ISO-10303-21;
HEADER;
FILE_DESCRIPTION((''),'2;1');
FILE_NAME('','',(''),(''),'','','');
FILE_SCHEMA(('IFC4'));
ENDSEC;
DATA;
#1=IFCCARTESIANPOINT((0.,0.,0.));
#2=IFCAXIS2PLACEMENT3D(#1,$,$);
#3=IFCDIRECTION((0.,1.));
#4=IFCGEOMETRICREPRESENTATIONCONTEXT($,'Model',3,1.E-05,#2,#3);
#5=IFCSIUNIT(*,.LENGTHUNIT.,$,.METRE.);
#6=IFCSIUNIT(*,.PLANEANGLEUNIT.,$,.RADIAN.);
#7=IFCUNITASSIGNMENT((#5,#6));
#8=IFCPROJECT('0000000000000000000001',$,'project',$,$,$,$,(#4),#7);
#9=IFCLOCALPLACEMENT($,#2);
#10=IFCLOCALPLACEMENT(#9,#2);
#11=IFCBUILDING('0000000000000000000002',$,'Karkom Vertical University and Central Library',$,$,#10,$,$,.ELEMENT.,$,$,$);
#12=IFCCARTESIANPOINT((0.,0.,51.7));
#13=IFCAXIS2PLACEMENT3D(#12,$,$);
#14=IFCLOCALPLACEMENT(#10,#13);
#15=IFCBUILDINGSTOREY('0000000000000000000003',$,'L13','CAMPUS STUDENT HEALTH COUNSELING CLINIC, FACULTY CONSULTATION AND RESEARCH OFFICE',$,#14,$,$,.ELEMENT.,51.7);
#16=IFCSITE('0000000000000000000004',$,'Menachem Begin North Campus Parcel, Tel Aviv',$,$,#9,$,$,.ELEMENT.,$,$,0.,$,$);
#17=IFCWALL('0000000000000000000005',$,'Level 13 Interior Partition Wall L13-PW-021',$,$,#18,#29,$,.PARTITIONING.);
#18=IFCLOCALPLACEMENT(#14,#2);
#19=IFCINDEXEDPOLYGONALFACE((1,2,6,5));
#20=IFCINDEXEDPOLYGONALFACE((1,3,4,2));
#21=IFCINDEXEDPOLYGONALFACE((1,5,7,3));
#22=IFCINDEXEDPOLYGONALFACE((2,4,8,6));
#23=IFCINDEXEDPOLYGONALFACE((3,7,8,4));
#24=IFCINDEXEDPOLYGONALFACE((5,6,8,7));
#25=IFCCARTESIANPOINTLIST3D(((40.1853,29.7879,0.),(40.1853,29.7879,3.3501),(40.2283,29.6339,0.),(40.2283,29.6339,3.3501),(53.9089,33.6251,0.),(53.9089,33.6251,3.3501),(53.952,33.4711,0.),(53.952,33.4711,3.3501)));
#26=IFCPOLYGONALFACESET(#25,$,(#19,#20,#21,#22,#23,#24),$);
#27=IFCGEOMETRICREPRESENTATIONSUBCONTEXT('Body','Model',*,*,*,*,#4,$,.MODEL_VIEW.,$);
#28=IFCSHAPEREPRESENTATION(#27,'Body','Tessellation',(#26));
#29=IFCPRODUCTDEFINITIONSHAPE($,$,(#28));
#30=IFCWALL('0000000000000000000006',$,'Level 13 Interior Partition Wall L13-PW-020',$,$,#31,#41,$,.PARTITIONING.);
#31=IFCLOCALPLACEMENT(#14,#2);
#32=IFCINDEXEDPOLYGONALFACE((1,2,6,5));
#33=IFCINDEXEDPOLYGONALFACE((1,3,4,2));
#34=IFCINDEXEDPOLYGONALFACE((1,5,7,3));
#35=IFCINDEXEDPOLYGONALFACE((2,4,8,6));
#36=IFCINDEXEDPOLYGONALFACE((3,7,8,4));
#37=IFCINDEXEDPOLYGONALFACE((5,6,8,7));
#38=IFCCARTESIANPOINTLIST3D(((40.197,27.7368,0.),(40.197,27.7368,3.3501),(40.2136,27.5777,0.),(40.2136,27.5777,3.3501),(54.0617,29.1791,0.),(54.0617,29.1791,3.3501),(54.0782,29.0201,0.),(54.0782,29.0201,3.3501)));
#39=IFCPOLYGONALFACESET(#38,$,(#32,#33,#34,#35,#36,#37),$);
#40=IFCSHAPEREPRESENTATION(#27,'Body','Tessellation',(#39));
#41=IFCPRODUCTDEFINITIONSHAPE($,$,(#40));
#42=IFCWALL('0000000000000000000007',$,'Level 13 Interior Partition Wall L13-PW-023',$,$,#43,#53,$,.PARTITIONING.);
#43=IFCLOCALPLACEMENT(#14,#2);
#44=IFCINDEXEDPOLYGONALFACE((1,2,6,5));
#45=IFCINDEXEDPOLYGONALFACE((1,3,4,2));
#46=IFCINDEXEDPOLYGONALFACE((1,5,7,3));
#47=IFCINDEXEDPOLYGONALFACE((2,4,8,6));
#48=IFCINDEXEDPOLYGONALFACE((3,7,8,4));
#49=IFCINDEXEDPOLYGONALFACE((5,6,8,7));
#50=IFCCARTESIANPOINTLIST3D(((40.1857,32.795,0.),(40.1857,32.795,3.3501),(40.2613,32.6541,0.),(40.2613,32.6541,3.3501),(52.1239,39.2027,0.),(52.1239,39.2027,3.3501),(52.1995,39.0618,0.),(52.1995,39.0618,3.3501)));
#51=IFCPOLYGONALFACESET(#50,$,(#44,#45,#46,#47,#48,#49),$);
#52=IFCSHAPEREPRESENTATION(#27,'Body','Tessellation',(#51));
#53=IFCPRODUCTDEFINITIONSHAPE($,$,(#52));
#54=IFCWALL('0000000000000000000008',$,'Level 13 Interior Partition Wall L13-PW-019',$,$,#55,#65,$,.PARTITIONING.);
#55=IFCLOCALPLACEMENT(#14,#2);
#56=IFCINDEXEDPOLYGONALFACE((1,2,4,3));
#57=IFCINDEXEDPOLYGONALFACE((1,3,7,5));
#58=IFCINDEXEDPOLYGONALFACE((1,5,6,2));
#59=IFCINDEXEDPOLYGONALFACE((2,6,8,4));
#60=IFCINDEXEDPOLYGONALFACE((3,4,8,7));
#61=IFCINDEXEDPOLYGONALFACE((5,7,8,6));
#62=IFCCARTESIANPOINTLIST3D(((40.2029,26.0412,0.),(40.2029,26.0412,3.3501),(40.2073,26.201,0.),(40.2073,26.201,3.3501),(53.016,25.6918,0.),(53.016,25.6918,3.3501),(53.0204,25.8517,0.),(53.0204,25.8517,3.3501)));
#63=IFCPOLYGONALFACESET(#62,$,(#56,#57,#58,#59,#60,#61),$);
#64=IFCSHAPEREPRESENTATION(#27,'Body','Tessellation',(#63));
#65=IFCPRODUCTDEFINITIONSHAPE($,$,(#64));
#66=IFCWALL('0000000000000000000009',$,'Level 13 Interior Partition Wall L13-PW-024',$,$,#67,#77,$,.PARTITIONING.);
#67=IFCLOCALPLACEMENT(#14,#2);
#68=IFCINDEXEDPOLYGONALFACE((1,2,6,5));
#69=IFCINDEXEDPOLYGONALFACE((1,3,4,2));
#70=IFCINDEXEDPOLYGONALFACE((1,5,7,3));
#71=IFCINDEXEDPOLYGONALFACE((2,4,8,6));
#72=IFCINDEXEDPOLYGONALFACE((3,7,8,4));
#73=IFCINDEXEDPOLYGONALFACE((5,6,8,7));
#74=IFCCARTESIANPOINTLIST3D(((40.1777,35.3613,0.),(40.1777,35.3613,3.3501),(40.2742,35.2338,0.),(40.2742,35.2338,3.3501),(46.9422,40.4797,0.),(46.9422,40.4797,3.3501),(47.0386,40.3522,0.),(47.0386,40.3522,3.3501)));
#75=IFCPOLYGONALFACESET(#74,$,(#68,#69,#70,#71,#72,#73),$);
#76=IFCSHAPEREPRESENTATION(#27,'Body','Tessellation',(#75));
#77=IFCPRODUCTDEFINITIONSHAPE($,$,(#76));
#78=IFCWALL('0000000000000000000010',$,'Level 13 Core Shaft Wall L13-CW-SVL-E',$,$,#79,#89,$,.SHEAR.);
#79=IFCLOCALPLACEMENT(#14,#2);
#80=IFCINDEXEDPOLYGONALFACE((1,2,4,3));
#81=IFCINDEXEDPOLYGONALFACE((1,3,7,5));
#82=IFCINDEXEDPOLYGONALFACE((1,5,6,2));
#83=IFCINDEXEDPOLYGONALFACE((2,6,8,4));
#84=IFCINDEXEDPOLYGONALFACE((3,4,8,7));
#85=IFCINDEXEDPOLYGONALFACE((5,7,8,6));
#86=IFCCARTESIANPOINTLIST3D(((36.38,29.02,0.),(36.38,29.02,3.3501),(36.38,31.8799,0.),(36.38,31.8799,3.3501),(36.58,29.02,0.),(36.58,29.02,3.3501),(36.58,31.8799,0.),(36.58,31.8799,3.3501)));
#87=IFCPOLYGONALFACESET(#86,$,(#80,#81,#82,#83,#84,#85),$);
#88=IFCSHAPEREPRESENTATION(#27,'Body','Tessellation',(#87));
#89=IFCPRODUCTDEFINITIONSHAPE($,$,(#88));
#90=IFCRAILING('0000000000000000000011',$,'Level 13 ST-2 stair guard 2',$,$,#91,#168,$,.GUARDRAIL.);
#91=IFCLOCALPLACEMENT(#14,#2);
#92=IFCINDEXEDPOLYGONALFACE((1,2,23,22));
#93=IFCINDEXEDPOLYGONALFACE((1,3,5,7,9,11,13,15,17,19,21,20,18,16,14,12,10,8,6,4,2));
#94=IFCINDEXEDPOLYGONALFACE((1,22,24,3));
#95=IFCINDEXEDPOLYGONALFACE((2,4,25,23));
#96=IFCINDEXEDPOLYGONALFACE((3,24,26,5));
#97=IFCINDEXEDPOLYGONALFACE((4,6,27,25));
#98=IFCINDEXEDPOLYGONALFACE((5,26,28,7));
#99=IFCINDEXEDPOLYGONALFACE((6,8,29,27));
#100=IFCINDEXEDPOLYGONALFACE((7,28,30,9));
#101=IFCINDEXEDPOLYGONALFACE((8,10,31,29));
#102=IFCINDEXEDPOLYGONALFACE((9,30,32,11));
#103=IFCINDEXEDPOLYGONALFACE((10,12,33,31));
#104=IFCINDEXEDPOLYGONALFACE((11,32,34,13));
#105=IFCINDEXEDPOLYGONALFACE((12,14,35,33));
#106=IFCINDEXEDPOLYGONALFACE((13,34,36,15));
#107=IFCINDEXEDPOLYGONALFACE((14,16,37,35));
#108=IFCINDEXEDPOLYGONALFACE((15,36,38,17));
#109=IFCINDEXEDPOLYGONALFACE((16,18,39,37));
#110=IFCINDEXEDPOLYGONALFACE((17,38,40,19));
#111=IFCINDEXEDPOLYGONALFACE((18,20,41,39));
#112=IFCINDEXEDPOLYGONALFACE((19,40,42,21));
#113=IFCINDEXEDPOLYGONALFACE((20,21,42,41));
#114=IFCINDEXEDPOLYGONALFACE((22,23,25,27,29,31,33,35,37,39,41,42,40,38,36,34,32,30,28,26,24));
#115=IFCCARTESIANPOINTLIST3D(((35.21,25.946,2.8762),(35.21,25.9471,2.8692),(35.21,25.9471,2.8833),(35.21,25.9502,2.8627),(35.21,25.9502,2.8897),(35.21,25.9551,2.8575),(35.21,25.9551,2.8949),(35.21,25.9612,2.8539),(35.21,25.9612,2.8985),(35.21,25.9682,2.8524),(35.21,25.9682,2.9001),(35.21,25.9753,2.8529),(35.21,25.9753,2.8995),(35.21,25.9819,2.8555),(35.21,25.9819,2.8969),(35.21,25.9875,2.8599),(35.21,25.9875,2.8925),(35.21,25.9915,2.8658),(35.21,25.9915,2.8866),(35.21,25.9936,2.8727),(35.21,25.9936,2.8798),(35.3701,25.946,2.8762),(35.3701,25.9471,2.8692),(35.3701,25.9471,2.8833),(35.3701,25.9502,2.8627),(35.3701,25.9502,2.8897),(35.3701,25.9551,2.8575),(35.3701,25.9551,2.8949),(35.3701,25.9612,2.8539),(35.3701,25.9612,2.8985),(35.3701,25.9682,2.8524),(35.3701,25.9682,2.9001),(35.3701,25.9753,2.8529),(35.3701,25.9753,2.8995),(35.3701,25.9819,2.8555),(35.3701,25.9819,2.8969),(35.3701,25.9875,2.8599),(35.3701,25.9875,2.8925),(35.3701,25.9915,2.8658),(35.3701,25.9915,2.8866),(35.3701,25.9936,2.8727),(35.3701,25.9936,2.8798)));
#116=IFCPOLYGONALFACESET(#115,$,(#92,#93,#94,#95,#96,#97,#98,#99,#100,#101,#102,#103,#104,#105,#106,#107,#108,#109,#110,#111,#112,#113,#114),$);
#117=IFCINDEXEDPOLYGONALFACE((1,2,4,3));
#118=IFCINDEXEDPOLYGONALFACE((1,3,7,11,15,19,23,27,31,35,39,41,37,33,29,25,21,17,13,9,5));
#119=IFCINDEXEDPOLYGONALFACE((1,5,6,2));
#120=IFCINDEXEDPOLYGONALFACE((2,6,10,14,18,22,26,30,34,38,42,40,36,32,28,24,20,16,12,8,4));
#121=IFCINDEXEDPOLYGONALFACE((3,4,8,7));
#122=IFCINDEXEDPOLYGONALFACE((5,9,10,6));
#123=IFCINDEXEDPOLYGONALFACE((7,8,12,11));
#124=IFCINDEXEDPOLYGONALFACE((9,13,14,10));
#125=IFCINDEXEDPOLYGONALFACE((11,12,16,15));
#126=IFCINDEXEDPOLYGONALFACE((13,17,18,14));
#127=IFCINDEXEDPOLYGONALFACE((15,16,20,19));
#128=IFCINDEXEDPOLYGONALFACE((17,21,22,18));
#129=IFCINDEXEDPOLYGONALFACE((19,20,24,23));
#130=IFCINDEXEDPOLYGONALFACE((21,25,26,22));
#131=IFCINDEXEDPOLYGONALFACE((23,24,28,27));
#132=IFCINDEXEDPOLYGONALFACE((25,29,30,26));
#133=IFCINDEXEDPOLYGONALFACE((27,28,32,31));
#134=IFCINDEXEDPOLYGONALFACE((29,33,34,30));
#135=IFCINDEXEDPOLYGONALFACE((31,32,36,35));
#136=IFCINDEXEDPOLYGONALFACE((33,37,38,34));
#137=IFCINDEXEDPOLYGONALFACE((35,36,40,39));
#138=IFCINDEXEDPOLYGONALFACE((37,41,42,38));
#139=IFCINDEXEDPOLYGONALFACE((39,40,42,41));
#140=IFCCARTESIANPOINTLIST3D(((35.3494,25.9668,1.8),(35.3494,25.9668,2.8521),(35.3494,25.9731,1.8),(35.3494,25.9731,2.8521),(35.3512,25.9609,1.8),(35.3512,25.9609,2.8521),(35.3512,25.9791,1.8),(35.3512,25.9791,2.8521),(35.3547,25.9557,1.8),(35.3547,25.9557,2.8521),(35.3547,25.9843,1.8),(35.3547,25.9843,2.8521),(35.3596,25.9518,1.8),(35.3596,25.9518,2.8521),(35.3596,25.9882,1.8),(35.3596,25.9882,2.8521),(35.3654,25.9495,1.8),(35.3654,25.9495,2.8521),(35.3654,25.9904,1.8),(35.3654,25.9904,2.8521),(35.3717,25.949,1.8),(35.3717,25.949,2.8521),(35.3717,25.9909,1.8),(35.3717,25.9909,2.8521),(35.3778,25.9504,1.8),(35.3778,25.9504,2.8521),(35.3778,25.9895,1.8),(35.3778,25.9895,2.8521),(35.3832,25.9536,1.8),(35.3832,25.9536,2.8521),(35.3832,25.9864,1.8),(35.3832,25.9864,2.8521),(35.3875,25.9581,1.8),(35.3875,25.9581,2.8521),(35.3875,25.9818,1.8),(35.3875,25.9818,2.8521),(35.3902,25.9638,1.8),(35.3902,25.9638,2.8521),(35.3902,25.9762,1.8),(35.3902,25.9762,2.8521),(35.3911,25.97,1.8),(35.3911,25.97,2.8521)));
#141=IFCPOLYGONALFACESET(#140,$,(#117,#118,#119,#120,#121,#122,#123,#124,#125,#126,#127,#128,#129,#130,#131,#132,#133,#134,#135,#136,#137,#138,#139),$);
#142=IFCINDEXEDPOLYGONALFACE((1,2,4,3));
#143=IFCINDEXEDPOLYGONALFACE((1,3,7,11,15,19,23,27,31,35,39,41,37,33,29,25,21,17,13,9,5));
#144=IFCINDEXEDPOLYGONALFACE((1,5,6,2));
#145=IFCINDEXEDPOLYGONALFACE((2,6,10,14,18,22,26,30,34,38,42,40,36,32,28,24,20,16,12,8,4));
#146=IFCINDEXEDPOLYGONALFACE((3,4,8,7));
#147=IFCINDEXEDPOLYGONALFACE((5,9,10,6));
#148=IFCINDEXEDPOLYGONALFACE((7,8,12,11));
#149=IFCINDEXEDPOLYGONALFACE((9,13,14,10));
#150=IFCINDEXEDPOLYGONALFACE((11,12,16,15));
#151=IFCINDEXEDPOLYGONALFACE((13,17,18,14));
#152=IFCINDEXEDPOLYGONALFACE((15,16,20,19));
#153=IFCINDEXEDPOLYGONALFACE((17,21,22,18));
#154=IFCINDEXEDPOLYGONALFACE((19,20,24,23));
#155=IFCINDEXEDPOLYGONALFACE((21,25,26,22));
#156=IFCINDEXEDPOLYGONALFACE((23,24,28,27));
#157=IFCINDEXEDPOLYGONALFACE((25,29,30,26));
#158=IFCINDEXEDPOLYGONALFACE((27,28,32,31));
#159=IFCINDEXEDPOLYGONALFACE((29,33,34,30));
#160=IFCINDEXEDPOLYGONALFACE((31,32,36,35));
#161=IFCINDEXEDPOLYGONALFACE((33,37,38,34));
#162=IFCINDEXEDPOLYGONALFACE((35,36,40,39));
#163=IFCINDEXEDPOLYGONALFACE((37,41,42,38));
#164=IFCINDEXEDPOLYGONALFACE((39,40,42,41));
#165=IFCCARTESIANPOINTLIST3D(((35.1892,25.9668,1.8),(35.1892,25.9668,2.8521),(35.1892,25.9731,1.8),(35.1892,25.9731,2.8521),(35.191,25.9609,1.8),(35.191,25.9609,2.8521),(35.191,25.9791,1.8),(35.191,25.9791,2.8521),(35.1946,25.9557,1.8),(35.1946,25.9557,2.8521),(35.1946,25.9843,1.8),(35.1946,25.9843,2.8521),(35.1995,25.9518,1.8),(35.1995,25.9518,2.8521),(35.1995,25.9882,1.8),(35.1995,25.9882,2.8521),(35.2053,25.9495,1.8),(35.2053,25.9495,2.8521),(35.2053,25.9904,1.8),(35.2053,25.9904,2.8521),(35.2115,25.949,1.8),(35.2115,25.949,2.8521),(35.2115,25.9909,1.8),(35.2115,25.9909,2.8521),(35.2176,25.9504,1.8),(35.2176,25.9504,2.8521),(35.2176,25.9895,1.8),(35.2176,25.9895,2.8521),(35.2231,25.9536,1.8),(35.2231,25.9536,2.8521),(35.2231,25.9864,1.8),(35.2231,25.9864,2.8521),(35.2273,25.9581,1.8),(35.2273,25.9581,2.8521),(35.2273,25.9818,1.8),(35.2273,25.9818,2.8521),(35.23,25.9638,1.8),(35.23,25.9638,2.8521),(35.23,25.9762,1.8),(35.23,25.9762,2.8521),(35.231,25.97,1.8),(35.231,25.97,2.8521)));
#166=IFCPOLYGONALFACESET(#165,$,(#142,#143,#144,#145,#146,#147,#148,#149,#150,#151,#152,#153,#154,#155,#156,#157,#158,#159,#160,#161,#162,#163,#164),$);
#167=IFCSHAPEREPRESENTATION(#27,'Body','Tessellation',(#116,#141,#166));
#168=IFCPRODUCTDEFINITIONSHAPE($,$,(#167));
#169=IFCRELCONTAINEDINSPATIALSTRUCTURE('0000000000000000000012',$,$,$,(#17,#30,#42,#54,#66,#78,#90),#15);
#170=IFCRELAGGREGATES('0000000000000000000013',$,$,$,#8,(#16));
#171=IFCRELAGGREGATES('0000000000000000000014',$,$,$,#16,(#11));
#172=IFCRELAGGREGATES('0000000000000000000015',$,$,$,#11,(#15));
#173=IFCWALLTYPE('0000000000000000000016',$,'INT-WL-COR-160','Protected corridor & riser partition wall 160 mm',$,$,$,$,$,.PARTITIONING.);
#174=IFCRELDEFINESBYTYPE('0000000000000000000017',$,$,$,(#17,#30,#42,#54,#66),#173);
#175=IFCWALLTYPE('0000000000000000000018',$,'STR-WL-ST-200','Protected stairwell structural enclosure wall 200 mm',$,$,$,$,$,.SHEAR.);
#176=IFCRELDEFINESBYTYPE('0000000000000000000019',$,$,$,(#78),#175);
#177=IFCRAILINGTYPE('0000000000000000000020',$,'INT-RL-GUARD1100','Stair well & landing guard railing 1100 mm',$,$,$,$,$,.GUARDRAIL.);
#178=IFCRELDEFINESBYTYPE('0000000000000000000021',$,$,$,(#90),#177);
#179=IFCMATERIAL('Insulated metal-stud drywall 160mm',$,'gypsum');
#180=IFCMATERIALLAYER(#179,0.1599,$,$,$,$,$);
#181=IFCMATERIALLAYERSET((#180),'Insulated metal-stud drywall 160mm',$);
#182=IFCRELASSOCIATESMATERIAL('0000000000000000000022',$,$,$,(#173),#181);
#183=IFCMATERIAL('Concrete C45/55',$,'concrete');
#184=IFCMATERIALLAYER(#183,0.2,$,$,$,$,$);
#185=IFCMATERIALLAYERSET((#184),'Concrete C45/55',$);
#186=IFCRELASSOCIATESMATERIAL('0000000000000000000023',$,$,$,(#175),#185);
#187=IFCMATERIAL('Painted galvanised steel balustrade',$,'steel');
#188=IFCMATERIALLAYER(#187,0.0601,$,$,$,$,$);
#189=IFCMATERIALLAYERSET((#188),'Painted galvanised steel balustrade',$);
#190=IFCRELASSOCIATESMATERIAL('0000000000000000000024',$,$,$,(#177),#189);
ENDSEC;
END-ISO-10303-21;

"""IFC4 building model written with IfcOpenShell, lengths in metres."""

from ifc_helpers import new_model, si_unit, direction, frame, frame_2d, origin, origin_2d, place, context, subcontext, project, spatial, rectangle, circle, extrude, material, layer, layer_set, type_object, element, save


model = new_model("IFC4")

# Units and contexts
model_context = context("Model", 3, precision=1e-05, world=origin(), true_north=direction((0.0, 1.0)))
body_context = subcontext(model_context, "Body", "Model", "MODEL_VIEW")
ifc_project = project(units=[si_unit("LENGTHUNIT", "METRE"), si_unit("PLANEANGLEUNIT", "RADIAN")], contexts=[model_context])

# Site, building, storey
site_placement = place(None, origin())
site = spatial("IfcSite", under=ifc_project, at=site_placement, Name="Menachem Begin North Campus Parcel, Tel Aviv", CompositionType="ELEMENT", RefElevation=0.0)
building_placement = place(site_placement, origin())
building = spatial("IfcBuilding", under=site, at=building_placement, Name="Karkom Vertical University and Central Library", CompositionType="ELEMENT")
storey_placement = place(building_placement, frame((0.0, 0.0, 51.7)))
storey = spatial("IfcBuildingStorey", under=building, at=storey_placement, Name="L13", Description="CAMPUS STUDENT HEALTH COUNSELING CLINIC, FACULTY CONSULTATION AND RESEARCH OFFICE", CompositionType="ELEMENT", Elevation=51.7)

# Walls
ifc_material_1 = material(Name="Insulated metal-stud drywall 160mm", Category="gypsum")
ifc_layer_1 = layer(ifc_material_1, 0.1599)
ifc_layer_set_1 = layer_set([ifc_layer_1], Name="Insulated metal-stud drywall 160mm")
wall_type_1 = type_object("IfcWallType", Name="INT-WL-COR-160", Description="Protected corridor & riser partition wall 160 mm", PredefinedType="PARTITIONING", material=ifc_layer_set_1)
wall_1_placement = place(storey_placement, frame((40.2068, 29.7109, 0.0), z_axis=(0.0, 0.0, 1.0), x_axis=(0.963063, 0.269275, 0.0)))
element("IfcWall", 1, at=wall_1_placement, inside=storey, type_object=wall_type_1, Name="Level 13 Interior Partition Wall L13-PW-021", PredefinedType="PARTITIONING", context=body_context, shape_type="SweptSolid", body=[
    extrude(rectangle(XDim=14.25, YDim=0.1599, at=frame_2d((7.125, 0.0))), origin(), (0.0, 0.0, 1.0), 3.3501),
])
wall_2_placement = place(storey_placement, frame((40.2053, 27.6572, 0.0), z_axis=(0.0, 0.0, 1.0), x_axis=(0.994632, 0.103474, 0.0)))
element("IfcWall", 2, at=wall_2_placement, inside=storey, type_object=wall_type_1, Name="Level 13 Interior Partition Wall L13-PW-020", PredefinedType="PARTITIONING", context=body_context, shape_type="SweptSolid", body=[
    extrude(rectangle(XDim=13.9395, YDim=0.1599, at=frame_2d((6.9697, 0.0))), origin(), (0.0, 0.0, 1.0), 3.3501),
])
wall_3_placement = place(storey_placement, frame((40.2236, 32.7246, 0.0), z_axis=(0.0, 0.0, 1.0), x_axis=(0.881104, 0.472923, 0.0)))
element("IfcWall", 3, at=wall_3_placement, inside=storey, type_object=wall_type_1, Name="Level 13 Interior Partition Wall L13-PW-023", PredefinedType="PARTITIONING", context=body_context, shape_type="SweptSolid", body=[
    extrude(rectangle(XDim=13.5491, YDim=0.1599, at=frame_2d((6.7744, 0.0))), origin(), (0.0, 0.0, 1.0), 3.3501),
])
wall_4_placement = place(storey_placement, frame((40.2051, 26.1211, 0.0), z_axis=(0.0, 0.0, 1.0), x_axis=(0.999628, -0.027256, 0.0)))
element("IfcWall", 4, at=wall_4_placement, inside=storey, type_object=wall_type_1, Name="Level 13 Interior Partition Wall L13-PW-019", PredefinedType="PARTITIONING", context=body_context, shape_type="SweptSolid", body=[
    extrude(rectangle(XDim=12.8179, YDim=0.1599, at=frame_2d((6.4089, 0.0))), origin(), (0.0, 0.0, 1.0), 3.3501),
])
wall_5_placement = place(storey_placement, frame((40.2261, 35.2976, 0.0), z_axis=(0.0, 0.0, 1.0), x_axis=(0.79744, 0.603398, 0.0)))
element("IfcWall", 5, at=wall_5_placement, inside=storey, type_object=wall_type_1, Name="Level 13 Interior Partition Wall L13-PW-024", PredefinedType="PARTITIONING", context=body_context, shape_type="SweptSolid", body=[
    extrude(rectangle(XDim=8.4827, YDim=0.1599, at=frame_2d((4.2412, 0.0))), origin(), (0.0, 0.0, 1.0), 3.3501),
])

# Wall
ifc_material_2 = material(Name="Concrete C45/55", Category="concrete")
ifc_layer_2 = layer(ifc_material_2, 0.2)
ifc_layer_set_2 = layer_set([ifc_layer_2], Name="Concrete C45/55")
wall_type_2 = type_object("IfcWallType", Name="STR-WL-ST-200", Description="Protected stairwell structural enclosure wall 200 mm", PredefinedType="SHEAR", material=ifc_layer_set_2)
wall_6_placement = place(storey_placement, frame((36.48, 29.02, 0.0), z_axis=(0.0, 0.0, 1.0), x_axis=(0.0, 1.0, 0.0)))
element("IfcWall", 6, at=wall_6_placement, inside=storey, type_object=wall_type_2, Name="Level 13 Core Shaft Wall L13-CW-SVL-E", PredefinedType="SHEAR", context=body_context, shape_type="SweptSolid", body=[
    extrude(rectangle(XDim=2.8599, YDim=0.2, at=frame_2d((1.4299, 0.0))), origin(), (0.0, 0.0, 1.0), 3.3501),
])

# Railing
ifc_material_3 = material(Name="Painted galvanised steel balustrade", Category="steel")
ifc_layer_3 = layer(ifc_material_3, 0.0601)
ifc_layer_set_3 = layer_set([ifc_layer_3], Name="Painted galvanised steel balustrade")
railing_type = type_object("IfcRailingType", Name="INT-RL-GUARD1100", Description="Stair well & landing guard railing 1100 mm", PredefinedType="GUARDRAIL", material=ifc_layer_set_3)
railing_placement = place(storey_placement, frame((35.3701, 25.97, 1.8)))
element("IfcRailing", 7, at=railing_placement, inside=storey, type_object=railing_type, Name="Level 13 ST-2 stair guard 2", PredefinedType="GUARDRAIL", context=body_context, shape_type="SweptSolid", body=[
    extrude(circle(Radius=0.0239, at=origin_2d()), frame((0.0, 0.0, 1.0762), z_axis=(-1.0, 0.0, 0.0), x_axis=(0.0, -1.0, 0.0)), (0.0, 0.0, 1.0), 0.1602),
    extrude(circle(Radius=0.021, at=origin_2d()), origin(), (0.0, 0.0, 1.0), 1.052),
    extrude(circle(Radius=0.021, at=origin_2d()), frame((-0.1602, 0.0, 0.0)), (0.0, 0.0, 1.0), 1.052),
])

save(model, "model.ifc")
